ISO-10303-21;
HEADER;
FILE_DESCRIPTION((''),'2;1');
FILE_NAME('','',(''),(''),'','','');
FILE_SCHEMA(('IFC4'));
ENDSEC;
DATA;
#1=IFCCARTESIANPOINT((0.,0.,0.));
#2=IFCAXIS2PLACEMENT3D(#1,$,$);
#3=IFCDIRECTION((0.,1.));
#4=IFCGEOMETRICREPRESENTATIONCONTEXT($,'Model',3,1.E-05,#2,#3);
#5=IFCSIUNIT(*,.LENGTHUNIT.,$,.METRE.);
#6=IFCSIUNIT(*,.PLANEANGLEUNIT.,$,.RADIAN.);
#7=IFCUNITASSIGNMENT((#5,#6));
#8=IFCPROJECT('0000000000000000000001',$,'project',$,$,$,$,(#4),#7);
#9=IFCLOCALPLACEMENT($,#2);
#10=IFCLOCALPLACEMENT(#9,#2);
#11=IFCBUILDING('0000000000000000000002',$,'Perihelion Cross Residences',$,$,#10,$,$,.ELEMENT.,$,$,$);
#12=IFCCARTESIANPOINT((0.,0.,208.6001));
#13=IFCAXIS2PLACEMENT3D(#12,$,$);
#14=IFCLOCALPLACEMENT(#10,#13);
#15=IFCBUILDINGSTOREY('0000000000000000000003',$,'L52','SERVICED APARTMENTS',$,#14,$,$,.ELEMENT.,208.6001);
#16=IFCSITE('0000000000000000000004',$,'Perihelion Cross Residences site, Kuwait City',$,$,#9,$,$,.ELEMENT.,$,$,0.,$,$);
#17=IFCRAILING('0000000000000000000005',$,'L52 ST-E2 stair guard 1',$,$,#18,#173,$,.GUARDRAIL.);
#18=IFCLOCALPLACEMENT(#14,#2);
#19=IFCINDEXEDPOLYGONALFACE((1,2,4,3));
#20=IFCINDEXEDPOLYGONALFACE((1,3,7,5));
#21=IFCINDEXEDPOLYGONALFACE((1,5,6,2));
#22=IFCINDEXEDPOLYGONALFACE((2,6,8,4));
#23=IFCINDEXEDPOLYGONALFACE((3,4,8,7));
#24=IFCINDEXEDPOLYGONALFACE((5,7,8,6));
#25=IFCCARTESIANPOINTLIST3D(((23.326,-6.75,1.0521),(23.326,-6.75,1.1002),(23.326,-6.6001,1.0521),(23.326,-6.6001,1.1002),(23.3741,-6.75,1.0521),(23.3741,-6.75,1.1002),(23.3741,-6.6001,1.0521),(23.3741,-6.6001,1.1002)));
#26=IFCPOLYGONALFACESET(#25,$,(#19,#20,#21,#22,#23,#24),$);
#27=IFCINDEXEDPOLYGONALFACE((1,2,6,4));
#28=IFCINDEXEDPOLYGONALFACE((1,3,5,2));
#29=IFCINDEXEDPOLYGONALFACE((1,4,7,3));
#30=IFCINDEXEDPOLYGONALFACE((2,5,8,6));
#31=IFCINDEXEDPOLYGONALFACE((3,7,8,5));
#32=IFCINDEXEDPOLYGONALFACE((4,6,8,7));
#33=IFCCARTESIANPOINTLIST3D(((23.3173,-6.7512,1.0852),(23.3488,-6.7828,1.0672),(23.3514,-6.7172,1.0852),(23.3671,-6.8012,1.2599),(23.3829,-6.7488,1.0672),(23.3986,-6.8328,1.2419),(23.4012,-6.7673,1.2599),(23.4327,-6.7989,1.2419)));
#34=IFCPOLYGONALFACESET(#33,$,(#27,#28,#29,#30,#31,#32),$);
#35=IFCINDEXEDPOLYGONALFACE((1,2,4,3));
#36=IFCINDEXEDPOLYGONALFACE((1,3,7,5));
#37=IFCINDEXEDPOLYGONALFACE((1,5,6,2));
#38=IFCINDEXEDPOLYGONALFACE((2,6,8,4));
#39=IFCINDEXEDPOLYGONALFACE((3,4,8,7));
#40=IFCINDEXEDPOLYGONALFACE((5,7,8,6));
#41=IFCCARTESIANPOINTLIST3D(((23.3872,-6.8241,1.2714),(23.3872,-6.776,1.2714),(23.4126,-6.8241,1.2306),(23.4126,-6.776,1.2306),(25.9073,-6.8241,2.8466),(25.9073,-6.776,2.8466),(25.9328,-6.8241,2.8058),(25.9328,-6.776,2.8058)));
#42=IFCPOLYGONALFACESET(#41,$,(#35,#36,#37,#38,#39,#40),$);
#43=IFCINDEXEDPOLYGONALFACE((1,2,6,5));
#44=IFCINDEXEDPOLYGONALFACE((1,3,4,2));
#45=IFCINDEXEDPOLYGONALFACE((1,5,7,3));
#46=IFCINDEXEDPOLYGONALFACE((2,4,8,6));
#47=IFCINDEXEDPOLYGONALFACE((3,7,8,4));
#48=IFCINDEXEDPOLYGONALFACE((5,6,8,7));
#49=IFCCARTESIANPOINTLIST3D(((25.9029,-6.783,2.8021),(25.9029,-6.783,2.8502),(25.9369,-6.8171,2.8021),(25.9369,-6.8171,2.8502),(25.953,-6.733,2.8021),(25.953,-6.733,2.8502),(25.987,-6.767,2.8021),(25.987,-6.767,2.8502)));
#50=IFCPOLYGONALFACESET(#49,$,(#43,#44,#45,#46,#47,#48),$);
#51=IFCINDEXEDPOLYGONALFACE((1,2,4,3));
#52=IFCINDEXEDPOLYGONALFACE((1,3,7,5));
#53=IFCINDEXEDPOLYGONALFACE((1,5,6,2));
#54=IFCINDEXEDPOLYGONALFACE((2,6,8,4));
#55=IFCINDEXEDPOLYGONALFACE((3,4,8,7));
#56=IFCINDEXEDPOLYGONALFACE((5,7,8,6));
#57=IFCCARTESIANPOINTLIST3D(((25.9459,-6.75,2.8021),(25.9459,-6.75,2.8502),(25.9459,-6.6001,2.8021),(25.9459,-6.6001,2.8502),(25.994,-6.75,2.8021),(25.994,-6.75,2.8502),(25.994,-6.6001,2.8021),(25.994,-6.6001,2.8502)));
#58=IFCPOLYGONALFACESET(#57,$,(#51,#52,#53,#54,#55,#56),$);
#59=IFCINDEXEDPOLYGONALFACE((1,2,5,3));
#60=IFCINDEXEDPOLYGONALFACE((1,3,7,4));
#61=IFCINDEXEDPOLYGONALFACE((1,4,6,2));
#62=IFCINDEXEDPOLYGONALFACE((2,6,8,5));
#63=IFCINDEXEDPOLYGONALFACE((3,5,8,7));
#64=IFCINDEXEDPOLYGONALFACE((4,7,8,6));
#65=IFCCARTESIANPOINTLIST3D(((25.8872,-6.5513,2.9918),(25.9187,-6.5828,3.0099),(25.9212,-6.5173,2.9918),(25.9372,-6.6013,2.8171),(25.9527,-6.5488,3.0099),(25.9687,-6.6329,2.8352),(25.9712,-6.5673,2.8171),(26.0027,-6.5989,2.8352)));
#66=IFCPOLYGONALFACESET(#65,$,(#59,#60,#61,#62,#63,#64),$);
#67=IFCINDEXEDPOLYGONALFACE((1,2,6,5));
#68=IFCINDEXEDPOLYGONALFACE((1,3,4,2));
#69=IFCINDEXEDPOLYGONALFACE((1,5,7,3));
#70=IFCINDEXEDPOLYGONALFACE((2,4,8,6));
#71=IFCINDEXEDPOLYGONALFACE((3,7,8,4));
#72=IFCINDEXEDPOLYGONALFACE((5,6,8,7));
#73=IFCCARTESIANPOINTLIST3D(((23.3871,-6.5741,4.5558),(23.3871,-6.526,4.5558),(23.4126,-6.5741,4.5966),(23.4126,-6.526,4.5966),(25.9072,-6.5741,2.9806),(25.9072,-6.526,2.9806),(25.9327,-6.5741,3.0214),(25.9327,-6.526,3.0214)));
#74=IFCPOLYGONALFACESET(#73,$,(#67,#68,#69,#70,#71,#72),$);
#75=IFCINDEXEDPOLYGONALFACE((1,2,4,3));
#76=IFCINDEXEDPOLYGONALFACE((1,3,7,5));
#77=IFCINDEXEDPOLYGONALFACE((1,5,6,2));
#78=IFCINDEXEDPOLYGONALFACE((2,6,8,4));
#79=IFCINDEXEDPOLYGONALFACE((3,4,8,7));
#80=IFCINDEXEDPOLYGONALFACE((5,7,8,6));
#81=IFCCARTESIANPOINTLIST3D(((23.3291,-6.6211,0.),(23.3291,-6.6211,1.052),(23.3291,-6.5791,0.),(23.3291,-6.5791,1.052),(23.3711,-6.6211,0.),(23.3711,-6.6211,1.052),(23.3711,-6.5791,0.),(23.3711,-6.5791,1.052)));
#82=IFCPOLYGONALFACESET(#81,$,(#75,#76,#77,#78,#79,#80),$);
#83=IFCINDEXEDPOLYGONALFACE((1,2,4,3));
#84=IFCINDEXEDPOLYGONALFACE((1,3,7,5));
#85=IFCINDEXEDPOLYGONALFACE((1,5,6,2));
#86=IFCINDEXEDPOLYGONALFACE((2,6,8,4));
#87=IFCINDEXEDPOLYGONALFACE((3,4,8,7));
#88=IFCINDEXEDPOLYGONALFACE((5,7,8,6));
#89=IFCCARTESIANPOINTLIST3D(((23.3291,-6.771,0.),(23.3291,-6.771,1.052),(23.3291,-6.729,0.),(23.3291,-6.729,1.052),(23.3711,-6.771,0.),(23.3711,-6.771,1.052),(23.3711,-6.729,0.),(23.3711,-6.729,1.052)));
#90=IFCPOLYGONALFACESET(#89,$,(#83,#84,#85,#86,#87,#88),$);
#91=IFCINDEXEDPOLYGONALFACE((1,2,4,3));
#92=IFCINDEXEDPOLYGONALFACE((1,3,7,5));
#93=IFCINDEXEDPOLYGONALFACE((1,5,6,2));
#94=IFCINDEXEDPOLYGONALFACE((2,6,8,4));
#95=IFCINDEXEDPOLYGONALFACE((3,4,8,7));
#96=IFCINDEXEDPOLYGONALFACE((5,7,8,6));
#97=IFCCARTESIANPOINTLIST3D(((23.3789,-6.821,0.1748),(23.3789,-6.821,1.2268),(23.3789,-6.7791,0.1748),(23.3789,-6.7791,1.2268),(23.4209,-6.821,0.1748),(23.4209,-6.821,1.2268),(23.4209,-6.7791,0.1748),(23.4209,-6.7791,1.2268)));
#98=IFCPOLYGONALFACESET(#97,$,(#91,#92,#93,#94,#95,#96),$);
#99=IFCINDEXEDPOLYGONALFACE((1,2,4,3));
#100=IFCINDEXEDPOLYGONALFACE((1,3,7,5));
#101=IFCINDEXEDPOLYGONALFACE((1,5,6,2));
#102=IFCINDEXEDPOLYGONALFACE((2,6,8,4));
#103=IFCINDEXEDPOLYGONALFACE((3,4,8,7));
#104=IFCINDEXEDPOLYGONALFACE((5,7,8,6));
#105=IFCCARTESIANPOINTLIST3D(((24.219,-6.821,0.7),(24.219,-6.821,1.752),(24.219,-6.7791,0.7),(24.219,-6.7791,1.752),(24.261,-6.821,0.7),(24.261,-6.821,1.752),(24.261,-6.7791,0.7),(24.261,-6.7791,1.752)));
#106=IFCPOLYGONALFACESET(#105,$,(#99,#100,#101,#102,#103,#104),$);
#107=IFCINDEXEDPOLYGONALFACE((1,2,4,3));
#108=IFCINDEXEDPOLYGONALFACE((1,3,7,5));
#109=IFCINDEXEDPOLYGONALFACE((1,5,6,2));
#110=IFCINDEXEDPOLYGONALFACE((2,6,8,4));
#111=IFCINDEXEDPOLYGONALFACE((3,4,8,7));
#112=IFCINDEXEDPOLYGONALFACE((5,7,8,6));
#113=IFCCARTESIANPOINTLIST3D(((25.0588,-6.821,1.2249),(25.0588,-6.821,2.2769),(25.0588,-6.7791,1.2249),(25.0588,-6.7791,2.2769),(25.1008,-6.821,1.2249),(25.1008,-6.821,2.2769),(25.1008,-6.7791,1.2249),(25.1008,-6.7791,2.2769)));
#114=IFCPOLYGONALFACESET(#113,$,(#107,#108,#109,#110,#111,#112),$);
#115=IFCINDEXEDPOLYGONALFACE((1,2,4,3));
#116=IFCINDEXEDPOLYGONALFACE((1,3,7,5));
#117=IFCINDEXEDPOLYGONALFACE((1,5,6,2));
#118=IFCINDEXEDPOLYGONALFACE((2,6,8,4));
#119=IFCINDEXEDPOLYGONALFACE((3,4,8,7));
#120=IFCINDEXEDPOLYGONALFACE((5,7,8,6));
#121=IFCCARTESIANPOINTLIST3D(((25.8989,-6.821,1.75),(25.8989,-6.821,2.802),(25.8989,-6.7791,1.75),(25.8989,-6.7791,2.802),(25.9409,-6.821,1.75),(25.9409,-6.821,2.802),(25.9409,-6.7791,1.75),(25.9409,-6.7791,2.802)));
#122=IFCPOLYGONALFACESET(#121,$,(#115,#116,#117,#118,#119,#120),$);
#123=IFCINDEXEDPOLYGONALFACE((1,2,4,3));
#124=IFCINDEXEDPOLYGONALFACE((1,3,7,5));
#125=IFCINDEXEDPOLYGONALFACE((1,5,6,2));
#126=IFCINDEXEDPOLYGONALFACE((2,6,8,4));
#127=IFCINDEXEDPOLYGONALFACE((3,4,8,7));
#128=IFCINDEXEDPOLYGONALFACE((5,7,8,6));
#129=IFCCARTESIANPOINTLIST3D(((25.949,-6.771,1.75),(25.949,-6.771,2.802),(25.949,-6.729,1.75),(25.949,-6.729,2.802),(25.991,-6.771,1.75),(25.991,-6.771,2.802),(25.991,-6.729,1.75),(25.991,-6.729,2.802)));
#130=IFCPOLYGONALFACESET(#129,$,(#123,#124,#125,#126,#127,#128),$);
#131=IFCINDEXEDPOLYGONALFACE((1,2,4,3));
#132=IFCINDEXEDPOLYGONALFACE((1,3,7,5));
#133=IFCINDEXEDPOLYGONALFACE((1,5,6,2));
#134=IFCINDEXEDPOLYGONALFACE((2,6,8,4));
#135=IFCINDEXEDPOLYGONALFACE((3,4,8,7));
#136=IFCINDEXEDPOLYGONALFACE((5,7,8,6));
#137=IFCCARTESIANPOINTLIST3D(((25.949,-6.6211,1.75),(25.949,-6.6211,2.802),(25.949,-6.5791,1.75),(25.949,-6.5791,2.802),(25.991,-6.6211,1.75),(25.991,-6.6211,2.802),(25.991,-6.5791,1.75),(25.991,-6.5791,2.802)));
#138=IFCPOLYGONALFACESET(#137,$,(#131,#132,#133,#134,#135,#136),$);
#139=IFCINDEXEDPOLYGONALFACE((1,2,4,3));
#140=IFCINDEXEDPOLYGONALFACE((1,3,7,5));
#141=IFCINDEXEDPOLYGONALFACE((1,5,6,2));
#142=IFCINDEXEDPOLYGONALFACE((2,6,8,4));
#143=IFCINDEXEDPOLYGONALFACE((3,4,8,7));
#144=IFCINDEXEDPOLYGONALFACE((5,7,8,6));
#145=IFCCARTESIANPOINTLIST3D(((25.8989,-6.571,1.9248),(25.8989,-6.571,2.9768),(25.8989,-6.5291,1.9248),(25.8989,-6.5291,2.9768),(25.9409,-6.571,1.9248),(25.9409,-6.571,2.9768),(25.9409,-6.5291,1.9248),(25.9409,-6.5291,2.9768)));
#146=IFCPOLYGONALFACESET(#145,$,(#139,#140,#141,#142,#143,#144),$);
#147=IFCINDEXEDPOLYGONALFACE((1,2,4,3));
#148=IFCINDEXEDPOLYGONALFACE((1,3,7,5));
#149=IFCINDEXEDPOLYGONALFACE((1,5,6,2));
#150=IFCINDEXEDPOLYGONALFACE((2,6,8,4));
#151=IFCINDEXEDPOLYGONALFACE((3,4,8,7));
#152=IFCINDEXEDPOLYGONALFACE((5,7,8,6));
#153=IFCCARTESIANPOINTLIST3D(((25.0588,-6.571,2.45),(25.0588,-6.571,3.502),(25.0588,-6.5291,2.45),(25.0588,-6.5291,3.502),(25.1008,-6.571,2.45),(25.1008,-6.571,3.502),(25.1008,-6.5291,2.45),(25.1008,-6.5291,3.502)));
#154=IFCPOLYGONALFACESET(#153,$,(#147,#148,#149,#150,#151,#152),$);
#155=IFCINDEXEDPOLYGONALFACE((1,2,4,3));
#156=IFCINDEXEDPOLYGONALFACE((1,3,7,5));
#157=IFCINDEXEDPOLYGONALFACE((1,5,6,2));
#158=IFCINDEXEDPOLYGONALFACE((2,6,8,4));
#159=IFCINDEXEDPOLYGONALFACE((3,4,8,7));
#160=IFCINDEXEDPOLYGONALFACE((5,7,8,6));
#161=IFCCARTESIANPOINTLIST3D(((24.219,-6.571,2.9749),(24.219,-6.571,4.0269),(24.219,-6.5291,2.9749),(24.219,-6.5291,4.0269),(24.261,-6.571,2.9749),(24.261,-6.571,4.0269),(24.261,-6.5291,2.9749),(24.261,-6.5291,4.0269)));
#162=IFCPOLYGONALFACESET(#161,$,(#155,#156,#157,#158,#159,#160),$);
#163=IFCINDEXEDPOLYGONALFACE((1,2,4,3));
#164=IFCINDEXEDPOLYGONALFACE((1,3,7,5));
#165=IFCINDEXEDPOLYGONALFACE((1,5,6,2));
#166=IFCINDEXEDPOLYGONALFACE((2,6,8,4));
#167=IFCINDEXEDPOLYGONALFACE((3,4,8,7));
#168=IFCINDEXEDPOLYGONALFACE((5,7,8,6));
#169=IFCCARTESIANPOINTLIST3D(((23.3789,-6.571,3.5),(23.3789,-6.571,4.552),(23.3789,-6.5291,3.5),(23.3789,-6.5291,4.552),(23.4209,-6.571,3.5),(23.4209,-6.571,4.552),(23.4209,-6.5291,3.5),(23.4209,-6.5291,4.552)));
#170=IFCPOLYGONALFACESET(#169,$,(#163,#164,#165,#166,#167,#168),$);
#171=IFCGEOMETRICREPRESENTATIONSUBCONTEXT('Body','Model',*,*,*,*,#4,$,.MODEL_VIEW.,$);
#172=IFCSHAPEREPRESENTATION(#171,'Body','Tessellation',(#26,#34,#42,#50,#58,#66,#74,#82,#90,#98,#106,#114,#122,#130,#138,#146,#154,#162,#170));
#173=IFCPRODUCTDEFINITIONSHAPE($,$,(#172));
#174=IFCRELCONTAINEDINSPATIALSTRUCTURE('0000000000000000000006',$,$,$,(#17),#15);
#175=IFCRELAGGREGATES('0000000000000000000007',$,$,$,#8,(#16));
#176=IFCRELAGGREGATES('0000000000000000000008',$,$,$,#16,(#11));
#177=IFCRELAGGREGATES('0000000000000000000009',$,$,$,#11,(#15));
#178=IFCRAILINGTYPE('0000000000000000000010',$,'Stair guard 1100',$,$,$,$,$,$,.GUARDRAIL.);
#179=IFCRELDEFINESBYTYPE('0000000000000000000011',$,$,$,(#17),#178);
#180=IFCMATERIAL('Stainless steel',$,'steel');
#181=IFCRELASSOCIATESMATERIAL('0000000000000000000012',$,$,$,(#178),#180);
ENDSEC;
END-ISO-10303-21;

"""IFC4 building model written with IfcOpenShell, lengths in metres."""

from ifc_helpers import new_model, si_unit, direction, frame, origin, origin_2d, place, context, subcontext, project, spatial, rectangle, extrude, material, type_object, element, save


model = new_model("IFC4")

# Units and contexts
model_context = context("Model", 3, precision=1e-05, world=origin(), true_north=direction((0.0, 1.0)))
body_context = subcontext(model_context, "Body", "Model", "MODEL_VIEW")
ifc_project = project(units=[si_unit("LENGTHUNIT", "METRE"), si_unit("PLANEANGLEUNIT", "RADIAN")], contexts=[model_context])

# Site, building, storey
site_placement = place(None, origin())
site = spatial("IfcSite", under=ifc_project, at=site_placement, Name="Perihelion Cross Residences site, Kuwait City", CompositionType="ELEMENT", RefElevation=0.0)
building_placement = place(site_placement, origin())
building = spatial("IfcBuilding", under=site, at=building_placement, Name="Perihelion Cross Residences", CompositionType="ELEMENT")
storey_placement = place(building_placement, frame((0.0, 0.0, 208.6001)))
storey = spatial("IfcBuildingStorey", under=building, at=storey_placement, Name="L52", Description="SERVICED APARTMENTS", CompositionType="ELEMENT", Elevation=208.6001)

# Railing
ifc_material_1 = material(Name="Stainless steel", Category="steel")
railing_type_1 = type_object("IfcRailingType", Name="Stair guard 1100", PredefinedType="GUARDRAIL", material=ifc_material_1)
railing_1_placement = place(storey_placement, frame((23.3501, -6.6001, 0.0)))
element("IfcRailing", 1, at=railing_1_placement, inside=storey, type_object=railing_type_1, Name="L52 ST-E2 stair guard 1", PredefinedType="GUARDRAIL", context=body_context, shape_type="SweptSolid", body=[
    extrude(rectangle(XDim=0.0481, YDim=0.0481, at=origin_2d()), frame((0.0, 0.0, 1.0762), z_axis=(0.0, -1.0, 0.0), x_axis=(1.0, 0.0, 0.0)), (0.0, 0.0, 1.0), 0.1499),
    extrude(rectangle(XDim=0.0481, YDim=0.0481, at=origin_2d()), frame((0.0, -0.1499, 1.0762), z_axis=(0.264179, -0.265474, 0.927218), x_axis=(0.708834, 0.705376, 0.0)), (0.0, 0.0, 1.0), 0.1885),
    extrude(rectangle(XDim=0.0481, YDim=0.0481, at=origin_2d()), frame((0.0498, -0.2, 1.251), z_axis=(0.847971, 0.0, 0.530043), x_axis=(0.0, 1.0, 0.0)), (0.0, 0.0, 1.0), 2.9719),
    extrude(rectangle(XDim=0.0481, YDim=0.0481, at=origin_2d()), frame((2.5698, -0.2, 2.8262), z_axis=(0.707107, 0.707107, 0.0), x_axis=(-0.707107, 0.707107, 0.0)), (0.0, 0.0, 1.0), 0.0708),
    extrude(rectangle(XDim=0.0481, YDim=0.0481, at=origin_2d()), frame((2.6199, -0.1499, 2.8262), z_axis=(0.0, 1.0, 0.0), x_axis=(-1.0, 0.0, 0.0)), (0.0, 0.0, 1.0), 0.1499),
    extrude(rectangle(XDim=0.0481, YDim=0.0481, at=origin_2d()), frame((2.6199, 0.0, 2.8262), z_axis=(-0.265383, 0.265383, 0.9269), x_axis=(-0.707107, -0.707107, 0.0)), (0.0, 0.0, 1.0), 0.1885),
    extrude(rectangle(XDim=0.0481, YDim=0.0481, at=origin_2d()), frame((2.5698, 0.05, 3.001), z_axis=(-0.847971, 0.0, 0.530043), x_axis=(0.0, -1.0, 0.0)), (0.0, 0.0, 1.0), 2.9719),
    extrude(rectangle(XDim=0.042, YDim=0.042, at=origin_2d()), origin(), (0.0, 0.0, 1.0), 1.052),
    extrude(rectangle(XDim=0.042, YDim=0.042, at=origin_2d()), frame((0.0, -0.1499, 0.0)), (0.0, 0.0, 1.0), 1.052),
    extrude(rectangle(XDim=0.042, YDim=0.042, at=origin_2d()), frame((0.0498, -0.2, 0.1748)), (0.0, 0.0, 1.0), 1.052),
    extrude(rectangle(XDim=0.042, YDim=0.042, at=origin_2d()), frame((0.8899, -0.2, 0.7)), (0.0, 0.0, 1.0), 1.052),
    extrude(rectangle(XDim=0.042, YDim=0.042, at=origin_2d()), frame((1.7297, -0.2, 1.2249)), (0.0, 0.0, 1.0), 1.052),
    extrude(rectangle(XDim=0.042, YDim=0.042, at=origin_2d()), frame((2.5698, -0.2, 1.75)), (0.0, 0.0, 1.0), 1.052),
    extrude(rectangle(XDim=0.042, YDim=0.042, at=origin_2d()), frame((2.6199, -0.1499, 1.75)), (0.0, 0.0, 1.0), 1.052),
    extrude(rectangle(XDim=0.042, YDim=0.042, at=origin_2d()), frame((2.6199, 0.0, 1.75)), (0.0, 0.0, 1.0), 1.052),
    extrude(rectangle(XDim=0.042, YDim=0.042, at=origin_2d()), frame((2.5698, 0.05, 1.9248)), (0.0, 0.0, 1.0), 1.052),
    extrude(rectangle(XDim=0.042, YDim=0.042, at=origin_2d()), frame((1.7297, 0.05, 2.45)), (0.0, 0.0, 1.0), 1.052),
    extrude(rectangle(XDim=0.042, YDim=0.042, at=origin_2d()), frame((0.8899, 0.05, 2.9749)), (0.0, 0.0, 1.0), 1.052),
    extrude(rectangle(XDim=0.042, YDim=0.042, at=origin_2d()), frame((0.0498, 0.05, 3.5)), (0.0, 0.0, 1.0), 1.052),
])

save(model, "model.ifc")
